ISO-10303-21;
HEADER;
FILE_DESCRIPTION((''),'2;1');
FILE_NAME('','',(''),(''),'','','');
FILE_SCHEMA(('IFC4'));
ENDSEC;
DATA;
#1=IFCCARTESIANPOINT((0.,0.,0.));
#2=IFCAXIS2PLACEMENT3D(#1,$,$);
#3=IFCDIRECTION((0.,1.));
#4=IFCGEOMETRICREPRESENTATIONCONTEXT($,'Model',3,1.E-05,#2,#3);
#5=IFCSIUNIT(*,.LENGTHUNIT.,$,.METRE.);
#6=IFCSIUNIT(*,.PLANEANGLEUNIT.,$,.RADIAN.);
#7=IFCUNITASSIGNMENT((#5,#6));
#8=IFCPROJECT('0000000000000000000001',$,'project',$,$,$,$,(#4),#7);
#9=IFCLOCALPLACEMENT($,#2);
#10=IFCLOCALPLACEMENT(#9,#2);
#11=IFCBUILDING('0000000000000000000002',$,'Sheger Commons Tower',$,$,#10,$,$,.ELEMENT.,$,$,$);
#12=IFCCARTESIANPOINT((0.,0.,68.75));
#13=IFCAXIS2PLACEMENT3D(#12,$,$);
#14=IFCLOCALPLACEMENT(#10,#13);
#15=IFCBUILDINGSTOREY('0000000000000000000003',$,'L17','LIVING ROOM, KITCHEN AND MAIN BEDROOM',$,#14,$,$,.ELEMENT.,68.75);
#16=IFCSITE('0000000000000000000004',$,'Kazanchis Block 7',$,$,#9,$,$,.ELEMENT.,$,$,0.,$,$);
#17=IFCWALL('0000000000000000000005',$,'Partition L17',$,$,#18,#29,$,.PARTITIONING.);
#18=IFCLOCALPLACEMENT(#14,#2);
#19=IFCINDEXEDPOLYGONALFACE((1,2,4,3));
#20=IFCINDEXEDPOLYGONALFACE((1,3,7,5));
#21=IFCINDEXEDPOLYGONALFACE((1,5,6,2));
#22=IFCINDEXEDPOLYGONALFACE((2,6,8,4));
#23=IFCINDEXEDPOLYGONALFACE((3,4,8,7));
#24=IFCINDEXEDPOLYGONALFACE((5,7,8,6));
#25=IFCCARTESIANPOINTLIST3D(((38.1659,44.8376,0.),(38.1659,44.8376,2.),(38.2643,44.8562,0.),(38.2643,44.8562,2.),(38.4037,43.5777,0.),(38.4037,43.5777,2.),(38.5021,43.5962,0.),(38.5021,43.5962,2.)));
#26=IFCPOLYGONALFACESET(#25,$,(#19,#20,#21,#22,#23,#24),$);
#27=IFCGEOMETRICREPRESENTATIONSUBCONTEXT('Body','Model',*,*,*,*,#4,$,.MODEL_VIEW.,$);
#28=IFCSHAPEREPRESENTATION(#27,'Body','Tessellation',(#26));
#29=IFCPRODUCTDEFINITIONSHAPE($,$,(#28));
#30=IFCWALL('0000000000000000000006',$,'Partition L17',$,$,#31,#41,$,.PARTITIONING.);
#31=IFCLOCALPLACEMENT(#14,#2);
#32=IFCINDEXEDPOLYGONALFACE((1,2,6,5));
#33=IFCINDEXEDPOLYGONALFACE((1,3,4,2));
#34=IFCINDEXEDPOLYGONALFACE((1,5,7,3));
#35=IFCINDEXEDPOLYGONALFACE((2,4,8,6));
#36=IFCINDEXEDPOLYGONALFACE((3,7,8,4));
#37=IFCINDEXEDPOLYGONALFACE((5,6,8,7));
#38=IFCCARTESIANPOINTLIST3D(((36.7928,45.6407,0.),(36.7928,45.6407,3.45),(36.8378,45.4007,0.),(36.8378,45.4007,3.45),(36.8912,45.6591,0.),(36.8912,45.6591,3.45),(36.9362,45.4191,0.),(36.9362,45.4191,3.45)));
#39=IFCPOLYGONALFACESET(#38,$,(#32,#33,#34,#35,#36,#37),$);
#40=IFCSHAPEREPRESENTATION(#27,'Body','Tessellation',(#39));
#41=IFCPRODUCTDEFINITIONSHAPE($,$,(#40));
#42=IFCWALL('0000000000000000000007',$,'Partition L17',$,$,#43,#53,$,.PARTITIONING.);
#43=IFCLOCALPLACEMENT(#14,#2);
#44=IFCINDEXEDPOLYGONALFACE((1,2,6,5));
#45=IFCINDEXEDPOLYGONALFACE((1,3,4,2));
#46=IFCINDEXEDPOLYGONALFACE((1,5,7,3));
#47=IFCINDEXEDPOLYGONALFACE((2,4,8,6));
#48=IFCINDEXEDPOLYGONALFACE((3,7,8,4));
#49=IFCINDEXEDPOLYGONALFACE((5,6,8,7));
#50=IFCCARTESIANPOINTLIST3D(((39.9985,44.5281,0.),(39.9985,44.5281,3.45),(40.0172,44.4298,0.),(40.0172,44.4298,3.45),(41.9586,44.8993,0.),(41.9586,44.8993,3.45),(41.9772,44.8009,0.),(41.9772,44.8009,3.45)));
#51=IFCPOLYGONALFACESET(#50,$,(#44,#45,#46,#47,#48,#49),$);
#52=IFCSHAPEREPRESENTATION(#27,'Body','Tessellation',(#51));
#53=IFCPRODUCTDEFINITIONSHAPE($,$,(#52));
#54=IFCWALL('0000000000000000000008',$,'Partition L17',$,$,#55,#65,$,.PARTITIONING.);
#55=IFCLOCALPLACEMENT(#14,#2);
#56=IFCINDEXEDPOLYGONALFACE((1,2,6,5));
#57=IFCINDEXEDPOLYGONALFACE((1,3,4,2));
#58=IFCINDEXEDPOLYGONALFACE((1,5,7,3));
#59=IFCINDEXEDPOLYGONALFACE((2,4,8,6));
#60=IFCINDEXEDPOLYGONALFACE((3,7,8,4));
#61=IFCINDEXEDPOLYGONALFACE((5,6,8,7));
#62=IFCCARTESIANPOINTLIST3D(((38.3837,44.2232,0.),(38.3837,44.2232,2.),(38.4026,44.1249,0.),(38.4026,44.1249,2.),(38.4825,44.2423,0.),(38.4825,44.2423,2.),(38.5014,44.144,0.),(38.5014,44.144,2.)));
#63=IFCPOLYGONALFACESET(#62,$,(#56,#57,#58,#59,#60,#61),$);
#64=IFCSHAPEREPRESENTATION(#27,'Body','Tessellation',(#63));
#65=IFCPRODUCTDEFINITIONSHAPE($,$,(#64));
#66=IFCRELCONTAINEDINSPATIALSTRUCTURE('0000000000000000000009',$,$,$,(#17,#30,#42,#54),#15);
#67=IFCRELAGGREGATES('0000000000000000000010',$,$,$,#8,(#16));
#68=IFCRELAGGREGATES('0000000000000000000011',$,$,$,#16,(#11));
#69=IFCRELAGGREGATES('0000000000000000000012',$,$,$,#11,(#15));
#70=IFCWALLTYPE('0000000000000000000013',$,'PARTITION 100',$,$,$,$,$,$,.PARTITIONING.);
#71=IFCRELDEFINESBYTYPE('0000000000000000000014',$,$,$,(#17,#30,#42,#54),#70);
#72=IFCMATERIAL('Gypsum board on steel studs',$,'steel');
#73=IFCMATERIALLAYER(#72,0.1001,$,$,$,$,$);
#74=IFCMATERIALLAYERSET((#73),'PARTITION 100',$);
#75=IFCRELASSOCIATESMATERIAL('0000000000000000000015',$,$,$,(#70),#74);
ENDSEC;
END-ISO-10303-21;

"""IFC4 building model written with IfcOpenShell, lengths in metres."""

from ifc_helpers import new_model, si_unit, direction, frame, frame_2d, origin, place, context, subcontext, project, spatial, rectangle, extrude, material, layer, layer_set, type_object, element, save


model = new_model("IFC4")

# Units and contexts
model_context = context("Model", 3, precision=1e-05, world=origin(), true_north=direction((0.0, 1.0)))
body_context = subcontext(model_context, "Body", "Model", "MODEL_VIEW")
ifc_project = project(units=[si_unit("LENGTHUNIT", "METRE"), si_unit("PLANEANGLEUNIT", "RADIAN")], contexts=[model_context])

# Site, building, storey
site_placement = place(None, origin())
site = spatial("IfcSite", under=ifc_project, at=site_placement, Name="Kazanchis Block 7", CompositionType="ELEMENT", RefElevation=0.0)
building_placement = place(site_placement, origin())
building = spatial("IfcBuilding", under=site, at=building_placement, Name="Sheger Commons Tower", CompositionType="ELEMENT")
storey_placement = place(building_placement, frame((0.0, 0.0, 68.75)))
storey = spatial("IfcBuildingStorey", under=building, at=storey_placement, Name="L17", Description="LIVING ROOM, KITCHEN AND MAIN BEDROOM", CompositionType="ELEMENT", Elevation=68.75)

# Walls
ifc_material_1 = material(Name="Gypsum board on steel studs", Category="steel")
ifc_layer_1 = layer(ifc_material_1, 0.1001)
ifc_layer_set_1 = layer_set([ifc_layer_1], Name="PARTITION 100")
wall_type_1 = type_object("IfcWallType", Name="PARTITION 100", PredefinedType="PARTITIONING", material=ifc_layer_set_1)
wall_1_placement = place(storey_placement, frame((38.2151, 44.8469, 0.0), z_axis=(0.0, 0.0, 1.0), x_axis=(0.185449, -0.982654, 0.0)))
element("IfcWall", 1, at=wall_1_placement, inside=storey, type_object=wall_type_1, Name="Partition L17", PredefinedType="PARTITIONING", context=body_context, shape_type="SweptSolid", body=[
    extrude(rectangle(XDim=1.2822, YDim=0.1001, at=frame_2d((0.6411, 0.0))), origin(), (0.0, 0.0, 1.0), 2.0),
])
wall_2_placement = place(storey_placement, frame((36.842, 45.6499, 0.0), z_axis=(0.0, 0.0, 1.0), x_axis=(0.183987, -0.982929, 0.0)))
element("IfcWall", 2, at=wall_2_placement, inside=storey, type_object=wall_type_1, Name="Partition L17", PredefinedType="PARTITIONING", context=body_context, shape_type="SweptSolid", body=[
    extrude(rectangle(XDim=0.2441, YDim=0.1001, at=frame_2d((0.1221, 0.0))), origin(), (0.0, 0.0, 1.0), 3.45),
])
wall_3_placement = place(storey_placement, frame((41.968, 44.8501, 0.0), z_axis=(0.0, 0.0, 1.0), x_axis=(-0.982544, -0.186032, 0.0)))
element("IfcWall", 3, at=wall_3_placement, inside=storey, type_object=wall_type_1, Name="Partition L17", PredefinedType="PARTITIONING", context=body_context, shape_type="SweptSolid", body=[
    extrude(rectangle(XDim=1.9949, YDim=0.1001, at=frame_2d((0.9976, 0.0))), origin(), (0.0, 0.0, 1.0), 3.45),
])
wall_4_placement = place(storey_placement, frame((38.4919, 44.1931, 0.0), z_axis=(0.0, 0.0, 1.0), x_axis=(-0.981955, -0.189117, 0.0)))
element("IfcWall", 4, at=wall_4_placement, inside=storey, type_object=wall_type_1, Name="Partition L17", PredefinedType="PARTITIONING", context=body_context, shape_type="SweptSolid", body=[
    extrude(rectangle(XDim=0.1006, YDim=0.1001, at=frame_2d((0.0503, 0.0))), origin(), (0.0, 0.0, 1.0), 2.0),
])

save(model, "model.ifc")
